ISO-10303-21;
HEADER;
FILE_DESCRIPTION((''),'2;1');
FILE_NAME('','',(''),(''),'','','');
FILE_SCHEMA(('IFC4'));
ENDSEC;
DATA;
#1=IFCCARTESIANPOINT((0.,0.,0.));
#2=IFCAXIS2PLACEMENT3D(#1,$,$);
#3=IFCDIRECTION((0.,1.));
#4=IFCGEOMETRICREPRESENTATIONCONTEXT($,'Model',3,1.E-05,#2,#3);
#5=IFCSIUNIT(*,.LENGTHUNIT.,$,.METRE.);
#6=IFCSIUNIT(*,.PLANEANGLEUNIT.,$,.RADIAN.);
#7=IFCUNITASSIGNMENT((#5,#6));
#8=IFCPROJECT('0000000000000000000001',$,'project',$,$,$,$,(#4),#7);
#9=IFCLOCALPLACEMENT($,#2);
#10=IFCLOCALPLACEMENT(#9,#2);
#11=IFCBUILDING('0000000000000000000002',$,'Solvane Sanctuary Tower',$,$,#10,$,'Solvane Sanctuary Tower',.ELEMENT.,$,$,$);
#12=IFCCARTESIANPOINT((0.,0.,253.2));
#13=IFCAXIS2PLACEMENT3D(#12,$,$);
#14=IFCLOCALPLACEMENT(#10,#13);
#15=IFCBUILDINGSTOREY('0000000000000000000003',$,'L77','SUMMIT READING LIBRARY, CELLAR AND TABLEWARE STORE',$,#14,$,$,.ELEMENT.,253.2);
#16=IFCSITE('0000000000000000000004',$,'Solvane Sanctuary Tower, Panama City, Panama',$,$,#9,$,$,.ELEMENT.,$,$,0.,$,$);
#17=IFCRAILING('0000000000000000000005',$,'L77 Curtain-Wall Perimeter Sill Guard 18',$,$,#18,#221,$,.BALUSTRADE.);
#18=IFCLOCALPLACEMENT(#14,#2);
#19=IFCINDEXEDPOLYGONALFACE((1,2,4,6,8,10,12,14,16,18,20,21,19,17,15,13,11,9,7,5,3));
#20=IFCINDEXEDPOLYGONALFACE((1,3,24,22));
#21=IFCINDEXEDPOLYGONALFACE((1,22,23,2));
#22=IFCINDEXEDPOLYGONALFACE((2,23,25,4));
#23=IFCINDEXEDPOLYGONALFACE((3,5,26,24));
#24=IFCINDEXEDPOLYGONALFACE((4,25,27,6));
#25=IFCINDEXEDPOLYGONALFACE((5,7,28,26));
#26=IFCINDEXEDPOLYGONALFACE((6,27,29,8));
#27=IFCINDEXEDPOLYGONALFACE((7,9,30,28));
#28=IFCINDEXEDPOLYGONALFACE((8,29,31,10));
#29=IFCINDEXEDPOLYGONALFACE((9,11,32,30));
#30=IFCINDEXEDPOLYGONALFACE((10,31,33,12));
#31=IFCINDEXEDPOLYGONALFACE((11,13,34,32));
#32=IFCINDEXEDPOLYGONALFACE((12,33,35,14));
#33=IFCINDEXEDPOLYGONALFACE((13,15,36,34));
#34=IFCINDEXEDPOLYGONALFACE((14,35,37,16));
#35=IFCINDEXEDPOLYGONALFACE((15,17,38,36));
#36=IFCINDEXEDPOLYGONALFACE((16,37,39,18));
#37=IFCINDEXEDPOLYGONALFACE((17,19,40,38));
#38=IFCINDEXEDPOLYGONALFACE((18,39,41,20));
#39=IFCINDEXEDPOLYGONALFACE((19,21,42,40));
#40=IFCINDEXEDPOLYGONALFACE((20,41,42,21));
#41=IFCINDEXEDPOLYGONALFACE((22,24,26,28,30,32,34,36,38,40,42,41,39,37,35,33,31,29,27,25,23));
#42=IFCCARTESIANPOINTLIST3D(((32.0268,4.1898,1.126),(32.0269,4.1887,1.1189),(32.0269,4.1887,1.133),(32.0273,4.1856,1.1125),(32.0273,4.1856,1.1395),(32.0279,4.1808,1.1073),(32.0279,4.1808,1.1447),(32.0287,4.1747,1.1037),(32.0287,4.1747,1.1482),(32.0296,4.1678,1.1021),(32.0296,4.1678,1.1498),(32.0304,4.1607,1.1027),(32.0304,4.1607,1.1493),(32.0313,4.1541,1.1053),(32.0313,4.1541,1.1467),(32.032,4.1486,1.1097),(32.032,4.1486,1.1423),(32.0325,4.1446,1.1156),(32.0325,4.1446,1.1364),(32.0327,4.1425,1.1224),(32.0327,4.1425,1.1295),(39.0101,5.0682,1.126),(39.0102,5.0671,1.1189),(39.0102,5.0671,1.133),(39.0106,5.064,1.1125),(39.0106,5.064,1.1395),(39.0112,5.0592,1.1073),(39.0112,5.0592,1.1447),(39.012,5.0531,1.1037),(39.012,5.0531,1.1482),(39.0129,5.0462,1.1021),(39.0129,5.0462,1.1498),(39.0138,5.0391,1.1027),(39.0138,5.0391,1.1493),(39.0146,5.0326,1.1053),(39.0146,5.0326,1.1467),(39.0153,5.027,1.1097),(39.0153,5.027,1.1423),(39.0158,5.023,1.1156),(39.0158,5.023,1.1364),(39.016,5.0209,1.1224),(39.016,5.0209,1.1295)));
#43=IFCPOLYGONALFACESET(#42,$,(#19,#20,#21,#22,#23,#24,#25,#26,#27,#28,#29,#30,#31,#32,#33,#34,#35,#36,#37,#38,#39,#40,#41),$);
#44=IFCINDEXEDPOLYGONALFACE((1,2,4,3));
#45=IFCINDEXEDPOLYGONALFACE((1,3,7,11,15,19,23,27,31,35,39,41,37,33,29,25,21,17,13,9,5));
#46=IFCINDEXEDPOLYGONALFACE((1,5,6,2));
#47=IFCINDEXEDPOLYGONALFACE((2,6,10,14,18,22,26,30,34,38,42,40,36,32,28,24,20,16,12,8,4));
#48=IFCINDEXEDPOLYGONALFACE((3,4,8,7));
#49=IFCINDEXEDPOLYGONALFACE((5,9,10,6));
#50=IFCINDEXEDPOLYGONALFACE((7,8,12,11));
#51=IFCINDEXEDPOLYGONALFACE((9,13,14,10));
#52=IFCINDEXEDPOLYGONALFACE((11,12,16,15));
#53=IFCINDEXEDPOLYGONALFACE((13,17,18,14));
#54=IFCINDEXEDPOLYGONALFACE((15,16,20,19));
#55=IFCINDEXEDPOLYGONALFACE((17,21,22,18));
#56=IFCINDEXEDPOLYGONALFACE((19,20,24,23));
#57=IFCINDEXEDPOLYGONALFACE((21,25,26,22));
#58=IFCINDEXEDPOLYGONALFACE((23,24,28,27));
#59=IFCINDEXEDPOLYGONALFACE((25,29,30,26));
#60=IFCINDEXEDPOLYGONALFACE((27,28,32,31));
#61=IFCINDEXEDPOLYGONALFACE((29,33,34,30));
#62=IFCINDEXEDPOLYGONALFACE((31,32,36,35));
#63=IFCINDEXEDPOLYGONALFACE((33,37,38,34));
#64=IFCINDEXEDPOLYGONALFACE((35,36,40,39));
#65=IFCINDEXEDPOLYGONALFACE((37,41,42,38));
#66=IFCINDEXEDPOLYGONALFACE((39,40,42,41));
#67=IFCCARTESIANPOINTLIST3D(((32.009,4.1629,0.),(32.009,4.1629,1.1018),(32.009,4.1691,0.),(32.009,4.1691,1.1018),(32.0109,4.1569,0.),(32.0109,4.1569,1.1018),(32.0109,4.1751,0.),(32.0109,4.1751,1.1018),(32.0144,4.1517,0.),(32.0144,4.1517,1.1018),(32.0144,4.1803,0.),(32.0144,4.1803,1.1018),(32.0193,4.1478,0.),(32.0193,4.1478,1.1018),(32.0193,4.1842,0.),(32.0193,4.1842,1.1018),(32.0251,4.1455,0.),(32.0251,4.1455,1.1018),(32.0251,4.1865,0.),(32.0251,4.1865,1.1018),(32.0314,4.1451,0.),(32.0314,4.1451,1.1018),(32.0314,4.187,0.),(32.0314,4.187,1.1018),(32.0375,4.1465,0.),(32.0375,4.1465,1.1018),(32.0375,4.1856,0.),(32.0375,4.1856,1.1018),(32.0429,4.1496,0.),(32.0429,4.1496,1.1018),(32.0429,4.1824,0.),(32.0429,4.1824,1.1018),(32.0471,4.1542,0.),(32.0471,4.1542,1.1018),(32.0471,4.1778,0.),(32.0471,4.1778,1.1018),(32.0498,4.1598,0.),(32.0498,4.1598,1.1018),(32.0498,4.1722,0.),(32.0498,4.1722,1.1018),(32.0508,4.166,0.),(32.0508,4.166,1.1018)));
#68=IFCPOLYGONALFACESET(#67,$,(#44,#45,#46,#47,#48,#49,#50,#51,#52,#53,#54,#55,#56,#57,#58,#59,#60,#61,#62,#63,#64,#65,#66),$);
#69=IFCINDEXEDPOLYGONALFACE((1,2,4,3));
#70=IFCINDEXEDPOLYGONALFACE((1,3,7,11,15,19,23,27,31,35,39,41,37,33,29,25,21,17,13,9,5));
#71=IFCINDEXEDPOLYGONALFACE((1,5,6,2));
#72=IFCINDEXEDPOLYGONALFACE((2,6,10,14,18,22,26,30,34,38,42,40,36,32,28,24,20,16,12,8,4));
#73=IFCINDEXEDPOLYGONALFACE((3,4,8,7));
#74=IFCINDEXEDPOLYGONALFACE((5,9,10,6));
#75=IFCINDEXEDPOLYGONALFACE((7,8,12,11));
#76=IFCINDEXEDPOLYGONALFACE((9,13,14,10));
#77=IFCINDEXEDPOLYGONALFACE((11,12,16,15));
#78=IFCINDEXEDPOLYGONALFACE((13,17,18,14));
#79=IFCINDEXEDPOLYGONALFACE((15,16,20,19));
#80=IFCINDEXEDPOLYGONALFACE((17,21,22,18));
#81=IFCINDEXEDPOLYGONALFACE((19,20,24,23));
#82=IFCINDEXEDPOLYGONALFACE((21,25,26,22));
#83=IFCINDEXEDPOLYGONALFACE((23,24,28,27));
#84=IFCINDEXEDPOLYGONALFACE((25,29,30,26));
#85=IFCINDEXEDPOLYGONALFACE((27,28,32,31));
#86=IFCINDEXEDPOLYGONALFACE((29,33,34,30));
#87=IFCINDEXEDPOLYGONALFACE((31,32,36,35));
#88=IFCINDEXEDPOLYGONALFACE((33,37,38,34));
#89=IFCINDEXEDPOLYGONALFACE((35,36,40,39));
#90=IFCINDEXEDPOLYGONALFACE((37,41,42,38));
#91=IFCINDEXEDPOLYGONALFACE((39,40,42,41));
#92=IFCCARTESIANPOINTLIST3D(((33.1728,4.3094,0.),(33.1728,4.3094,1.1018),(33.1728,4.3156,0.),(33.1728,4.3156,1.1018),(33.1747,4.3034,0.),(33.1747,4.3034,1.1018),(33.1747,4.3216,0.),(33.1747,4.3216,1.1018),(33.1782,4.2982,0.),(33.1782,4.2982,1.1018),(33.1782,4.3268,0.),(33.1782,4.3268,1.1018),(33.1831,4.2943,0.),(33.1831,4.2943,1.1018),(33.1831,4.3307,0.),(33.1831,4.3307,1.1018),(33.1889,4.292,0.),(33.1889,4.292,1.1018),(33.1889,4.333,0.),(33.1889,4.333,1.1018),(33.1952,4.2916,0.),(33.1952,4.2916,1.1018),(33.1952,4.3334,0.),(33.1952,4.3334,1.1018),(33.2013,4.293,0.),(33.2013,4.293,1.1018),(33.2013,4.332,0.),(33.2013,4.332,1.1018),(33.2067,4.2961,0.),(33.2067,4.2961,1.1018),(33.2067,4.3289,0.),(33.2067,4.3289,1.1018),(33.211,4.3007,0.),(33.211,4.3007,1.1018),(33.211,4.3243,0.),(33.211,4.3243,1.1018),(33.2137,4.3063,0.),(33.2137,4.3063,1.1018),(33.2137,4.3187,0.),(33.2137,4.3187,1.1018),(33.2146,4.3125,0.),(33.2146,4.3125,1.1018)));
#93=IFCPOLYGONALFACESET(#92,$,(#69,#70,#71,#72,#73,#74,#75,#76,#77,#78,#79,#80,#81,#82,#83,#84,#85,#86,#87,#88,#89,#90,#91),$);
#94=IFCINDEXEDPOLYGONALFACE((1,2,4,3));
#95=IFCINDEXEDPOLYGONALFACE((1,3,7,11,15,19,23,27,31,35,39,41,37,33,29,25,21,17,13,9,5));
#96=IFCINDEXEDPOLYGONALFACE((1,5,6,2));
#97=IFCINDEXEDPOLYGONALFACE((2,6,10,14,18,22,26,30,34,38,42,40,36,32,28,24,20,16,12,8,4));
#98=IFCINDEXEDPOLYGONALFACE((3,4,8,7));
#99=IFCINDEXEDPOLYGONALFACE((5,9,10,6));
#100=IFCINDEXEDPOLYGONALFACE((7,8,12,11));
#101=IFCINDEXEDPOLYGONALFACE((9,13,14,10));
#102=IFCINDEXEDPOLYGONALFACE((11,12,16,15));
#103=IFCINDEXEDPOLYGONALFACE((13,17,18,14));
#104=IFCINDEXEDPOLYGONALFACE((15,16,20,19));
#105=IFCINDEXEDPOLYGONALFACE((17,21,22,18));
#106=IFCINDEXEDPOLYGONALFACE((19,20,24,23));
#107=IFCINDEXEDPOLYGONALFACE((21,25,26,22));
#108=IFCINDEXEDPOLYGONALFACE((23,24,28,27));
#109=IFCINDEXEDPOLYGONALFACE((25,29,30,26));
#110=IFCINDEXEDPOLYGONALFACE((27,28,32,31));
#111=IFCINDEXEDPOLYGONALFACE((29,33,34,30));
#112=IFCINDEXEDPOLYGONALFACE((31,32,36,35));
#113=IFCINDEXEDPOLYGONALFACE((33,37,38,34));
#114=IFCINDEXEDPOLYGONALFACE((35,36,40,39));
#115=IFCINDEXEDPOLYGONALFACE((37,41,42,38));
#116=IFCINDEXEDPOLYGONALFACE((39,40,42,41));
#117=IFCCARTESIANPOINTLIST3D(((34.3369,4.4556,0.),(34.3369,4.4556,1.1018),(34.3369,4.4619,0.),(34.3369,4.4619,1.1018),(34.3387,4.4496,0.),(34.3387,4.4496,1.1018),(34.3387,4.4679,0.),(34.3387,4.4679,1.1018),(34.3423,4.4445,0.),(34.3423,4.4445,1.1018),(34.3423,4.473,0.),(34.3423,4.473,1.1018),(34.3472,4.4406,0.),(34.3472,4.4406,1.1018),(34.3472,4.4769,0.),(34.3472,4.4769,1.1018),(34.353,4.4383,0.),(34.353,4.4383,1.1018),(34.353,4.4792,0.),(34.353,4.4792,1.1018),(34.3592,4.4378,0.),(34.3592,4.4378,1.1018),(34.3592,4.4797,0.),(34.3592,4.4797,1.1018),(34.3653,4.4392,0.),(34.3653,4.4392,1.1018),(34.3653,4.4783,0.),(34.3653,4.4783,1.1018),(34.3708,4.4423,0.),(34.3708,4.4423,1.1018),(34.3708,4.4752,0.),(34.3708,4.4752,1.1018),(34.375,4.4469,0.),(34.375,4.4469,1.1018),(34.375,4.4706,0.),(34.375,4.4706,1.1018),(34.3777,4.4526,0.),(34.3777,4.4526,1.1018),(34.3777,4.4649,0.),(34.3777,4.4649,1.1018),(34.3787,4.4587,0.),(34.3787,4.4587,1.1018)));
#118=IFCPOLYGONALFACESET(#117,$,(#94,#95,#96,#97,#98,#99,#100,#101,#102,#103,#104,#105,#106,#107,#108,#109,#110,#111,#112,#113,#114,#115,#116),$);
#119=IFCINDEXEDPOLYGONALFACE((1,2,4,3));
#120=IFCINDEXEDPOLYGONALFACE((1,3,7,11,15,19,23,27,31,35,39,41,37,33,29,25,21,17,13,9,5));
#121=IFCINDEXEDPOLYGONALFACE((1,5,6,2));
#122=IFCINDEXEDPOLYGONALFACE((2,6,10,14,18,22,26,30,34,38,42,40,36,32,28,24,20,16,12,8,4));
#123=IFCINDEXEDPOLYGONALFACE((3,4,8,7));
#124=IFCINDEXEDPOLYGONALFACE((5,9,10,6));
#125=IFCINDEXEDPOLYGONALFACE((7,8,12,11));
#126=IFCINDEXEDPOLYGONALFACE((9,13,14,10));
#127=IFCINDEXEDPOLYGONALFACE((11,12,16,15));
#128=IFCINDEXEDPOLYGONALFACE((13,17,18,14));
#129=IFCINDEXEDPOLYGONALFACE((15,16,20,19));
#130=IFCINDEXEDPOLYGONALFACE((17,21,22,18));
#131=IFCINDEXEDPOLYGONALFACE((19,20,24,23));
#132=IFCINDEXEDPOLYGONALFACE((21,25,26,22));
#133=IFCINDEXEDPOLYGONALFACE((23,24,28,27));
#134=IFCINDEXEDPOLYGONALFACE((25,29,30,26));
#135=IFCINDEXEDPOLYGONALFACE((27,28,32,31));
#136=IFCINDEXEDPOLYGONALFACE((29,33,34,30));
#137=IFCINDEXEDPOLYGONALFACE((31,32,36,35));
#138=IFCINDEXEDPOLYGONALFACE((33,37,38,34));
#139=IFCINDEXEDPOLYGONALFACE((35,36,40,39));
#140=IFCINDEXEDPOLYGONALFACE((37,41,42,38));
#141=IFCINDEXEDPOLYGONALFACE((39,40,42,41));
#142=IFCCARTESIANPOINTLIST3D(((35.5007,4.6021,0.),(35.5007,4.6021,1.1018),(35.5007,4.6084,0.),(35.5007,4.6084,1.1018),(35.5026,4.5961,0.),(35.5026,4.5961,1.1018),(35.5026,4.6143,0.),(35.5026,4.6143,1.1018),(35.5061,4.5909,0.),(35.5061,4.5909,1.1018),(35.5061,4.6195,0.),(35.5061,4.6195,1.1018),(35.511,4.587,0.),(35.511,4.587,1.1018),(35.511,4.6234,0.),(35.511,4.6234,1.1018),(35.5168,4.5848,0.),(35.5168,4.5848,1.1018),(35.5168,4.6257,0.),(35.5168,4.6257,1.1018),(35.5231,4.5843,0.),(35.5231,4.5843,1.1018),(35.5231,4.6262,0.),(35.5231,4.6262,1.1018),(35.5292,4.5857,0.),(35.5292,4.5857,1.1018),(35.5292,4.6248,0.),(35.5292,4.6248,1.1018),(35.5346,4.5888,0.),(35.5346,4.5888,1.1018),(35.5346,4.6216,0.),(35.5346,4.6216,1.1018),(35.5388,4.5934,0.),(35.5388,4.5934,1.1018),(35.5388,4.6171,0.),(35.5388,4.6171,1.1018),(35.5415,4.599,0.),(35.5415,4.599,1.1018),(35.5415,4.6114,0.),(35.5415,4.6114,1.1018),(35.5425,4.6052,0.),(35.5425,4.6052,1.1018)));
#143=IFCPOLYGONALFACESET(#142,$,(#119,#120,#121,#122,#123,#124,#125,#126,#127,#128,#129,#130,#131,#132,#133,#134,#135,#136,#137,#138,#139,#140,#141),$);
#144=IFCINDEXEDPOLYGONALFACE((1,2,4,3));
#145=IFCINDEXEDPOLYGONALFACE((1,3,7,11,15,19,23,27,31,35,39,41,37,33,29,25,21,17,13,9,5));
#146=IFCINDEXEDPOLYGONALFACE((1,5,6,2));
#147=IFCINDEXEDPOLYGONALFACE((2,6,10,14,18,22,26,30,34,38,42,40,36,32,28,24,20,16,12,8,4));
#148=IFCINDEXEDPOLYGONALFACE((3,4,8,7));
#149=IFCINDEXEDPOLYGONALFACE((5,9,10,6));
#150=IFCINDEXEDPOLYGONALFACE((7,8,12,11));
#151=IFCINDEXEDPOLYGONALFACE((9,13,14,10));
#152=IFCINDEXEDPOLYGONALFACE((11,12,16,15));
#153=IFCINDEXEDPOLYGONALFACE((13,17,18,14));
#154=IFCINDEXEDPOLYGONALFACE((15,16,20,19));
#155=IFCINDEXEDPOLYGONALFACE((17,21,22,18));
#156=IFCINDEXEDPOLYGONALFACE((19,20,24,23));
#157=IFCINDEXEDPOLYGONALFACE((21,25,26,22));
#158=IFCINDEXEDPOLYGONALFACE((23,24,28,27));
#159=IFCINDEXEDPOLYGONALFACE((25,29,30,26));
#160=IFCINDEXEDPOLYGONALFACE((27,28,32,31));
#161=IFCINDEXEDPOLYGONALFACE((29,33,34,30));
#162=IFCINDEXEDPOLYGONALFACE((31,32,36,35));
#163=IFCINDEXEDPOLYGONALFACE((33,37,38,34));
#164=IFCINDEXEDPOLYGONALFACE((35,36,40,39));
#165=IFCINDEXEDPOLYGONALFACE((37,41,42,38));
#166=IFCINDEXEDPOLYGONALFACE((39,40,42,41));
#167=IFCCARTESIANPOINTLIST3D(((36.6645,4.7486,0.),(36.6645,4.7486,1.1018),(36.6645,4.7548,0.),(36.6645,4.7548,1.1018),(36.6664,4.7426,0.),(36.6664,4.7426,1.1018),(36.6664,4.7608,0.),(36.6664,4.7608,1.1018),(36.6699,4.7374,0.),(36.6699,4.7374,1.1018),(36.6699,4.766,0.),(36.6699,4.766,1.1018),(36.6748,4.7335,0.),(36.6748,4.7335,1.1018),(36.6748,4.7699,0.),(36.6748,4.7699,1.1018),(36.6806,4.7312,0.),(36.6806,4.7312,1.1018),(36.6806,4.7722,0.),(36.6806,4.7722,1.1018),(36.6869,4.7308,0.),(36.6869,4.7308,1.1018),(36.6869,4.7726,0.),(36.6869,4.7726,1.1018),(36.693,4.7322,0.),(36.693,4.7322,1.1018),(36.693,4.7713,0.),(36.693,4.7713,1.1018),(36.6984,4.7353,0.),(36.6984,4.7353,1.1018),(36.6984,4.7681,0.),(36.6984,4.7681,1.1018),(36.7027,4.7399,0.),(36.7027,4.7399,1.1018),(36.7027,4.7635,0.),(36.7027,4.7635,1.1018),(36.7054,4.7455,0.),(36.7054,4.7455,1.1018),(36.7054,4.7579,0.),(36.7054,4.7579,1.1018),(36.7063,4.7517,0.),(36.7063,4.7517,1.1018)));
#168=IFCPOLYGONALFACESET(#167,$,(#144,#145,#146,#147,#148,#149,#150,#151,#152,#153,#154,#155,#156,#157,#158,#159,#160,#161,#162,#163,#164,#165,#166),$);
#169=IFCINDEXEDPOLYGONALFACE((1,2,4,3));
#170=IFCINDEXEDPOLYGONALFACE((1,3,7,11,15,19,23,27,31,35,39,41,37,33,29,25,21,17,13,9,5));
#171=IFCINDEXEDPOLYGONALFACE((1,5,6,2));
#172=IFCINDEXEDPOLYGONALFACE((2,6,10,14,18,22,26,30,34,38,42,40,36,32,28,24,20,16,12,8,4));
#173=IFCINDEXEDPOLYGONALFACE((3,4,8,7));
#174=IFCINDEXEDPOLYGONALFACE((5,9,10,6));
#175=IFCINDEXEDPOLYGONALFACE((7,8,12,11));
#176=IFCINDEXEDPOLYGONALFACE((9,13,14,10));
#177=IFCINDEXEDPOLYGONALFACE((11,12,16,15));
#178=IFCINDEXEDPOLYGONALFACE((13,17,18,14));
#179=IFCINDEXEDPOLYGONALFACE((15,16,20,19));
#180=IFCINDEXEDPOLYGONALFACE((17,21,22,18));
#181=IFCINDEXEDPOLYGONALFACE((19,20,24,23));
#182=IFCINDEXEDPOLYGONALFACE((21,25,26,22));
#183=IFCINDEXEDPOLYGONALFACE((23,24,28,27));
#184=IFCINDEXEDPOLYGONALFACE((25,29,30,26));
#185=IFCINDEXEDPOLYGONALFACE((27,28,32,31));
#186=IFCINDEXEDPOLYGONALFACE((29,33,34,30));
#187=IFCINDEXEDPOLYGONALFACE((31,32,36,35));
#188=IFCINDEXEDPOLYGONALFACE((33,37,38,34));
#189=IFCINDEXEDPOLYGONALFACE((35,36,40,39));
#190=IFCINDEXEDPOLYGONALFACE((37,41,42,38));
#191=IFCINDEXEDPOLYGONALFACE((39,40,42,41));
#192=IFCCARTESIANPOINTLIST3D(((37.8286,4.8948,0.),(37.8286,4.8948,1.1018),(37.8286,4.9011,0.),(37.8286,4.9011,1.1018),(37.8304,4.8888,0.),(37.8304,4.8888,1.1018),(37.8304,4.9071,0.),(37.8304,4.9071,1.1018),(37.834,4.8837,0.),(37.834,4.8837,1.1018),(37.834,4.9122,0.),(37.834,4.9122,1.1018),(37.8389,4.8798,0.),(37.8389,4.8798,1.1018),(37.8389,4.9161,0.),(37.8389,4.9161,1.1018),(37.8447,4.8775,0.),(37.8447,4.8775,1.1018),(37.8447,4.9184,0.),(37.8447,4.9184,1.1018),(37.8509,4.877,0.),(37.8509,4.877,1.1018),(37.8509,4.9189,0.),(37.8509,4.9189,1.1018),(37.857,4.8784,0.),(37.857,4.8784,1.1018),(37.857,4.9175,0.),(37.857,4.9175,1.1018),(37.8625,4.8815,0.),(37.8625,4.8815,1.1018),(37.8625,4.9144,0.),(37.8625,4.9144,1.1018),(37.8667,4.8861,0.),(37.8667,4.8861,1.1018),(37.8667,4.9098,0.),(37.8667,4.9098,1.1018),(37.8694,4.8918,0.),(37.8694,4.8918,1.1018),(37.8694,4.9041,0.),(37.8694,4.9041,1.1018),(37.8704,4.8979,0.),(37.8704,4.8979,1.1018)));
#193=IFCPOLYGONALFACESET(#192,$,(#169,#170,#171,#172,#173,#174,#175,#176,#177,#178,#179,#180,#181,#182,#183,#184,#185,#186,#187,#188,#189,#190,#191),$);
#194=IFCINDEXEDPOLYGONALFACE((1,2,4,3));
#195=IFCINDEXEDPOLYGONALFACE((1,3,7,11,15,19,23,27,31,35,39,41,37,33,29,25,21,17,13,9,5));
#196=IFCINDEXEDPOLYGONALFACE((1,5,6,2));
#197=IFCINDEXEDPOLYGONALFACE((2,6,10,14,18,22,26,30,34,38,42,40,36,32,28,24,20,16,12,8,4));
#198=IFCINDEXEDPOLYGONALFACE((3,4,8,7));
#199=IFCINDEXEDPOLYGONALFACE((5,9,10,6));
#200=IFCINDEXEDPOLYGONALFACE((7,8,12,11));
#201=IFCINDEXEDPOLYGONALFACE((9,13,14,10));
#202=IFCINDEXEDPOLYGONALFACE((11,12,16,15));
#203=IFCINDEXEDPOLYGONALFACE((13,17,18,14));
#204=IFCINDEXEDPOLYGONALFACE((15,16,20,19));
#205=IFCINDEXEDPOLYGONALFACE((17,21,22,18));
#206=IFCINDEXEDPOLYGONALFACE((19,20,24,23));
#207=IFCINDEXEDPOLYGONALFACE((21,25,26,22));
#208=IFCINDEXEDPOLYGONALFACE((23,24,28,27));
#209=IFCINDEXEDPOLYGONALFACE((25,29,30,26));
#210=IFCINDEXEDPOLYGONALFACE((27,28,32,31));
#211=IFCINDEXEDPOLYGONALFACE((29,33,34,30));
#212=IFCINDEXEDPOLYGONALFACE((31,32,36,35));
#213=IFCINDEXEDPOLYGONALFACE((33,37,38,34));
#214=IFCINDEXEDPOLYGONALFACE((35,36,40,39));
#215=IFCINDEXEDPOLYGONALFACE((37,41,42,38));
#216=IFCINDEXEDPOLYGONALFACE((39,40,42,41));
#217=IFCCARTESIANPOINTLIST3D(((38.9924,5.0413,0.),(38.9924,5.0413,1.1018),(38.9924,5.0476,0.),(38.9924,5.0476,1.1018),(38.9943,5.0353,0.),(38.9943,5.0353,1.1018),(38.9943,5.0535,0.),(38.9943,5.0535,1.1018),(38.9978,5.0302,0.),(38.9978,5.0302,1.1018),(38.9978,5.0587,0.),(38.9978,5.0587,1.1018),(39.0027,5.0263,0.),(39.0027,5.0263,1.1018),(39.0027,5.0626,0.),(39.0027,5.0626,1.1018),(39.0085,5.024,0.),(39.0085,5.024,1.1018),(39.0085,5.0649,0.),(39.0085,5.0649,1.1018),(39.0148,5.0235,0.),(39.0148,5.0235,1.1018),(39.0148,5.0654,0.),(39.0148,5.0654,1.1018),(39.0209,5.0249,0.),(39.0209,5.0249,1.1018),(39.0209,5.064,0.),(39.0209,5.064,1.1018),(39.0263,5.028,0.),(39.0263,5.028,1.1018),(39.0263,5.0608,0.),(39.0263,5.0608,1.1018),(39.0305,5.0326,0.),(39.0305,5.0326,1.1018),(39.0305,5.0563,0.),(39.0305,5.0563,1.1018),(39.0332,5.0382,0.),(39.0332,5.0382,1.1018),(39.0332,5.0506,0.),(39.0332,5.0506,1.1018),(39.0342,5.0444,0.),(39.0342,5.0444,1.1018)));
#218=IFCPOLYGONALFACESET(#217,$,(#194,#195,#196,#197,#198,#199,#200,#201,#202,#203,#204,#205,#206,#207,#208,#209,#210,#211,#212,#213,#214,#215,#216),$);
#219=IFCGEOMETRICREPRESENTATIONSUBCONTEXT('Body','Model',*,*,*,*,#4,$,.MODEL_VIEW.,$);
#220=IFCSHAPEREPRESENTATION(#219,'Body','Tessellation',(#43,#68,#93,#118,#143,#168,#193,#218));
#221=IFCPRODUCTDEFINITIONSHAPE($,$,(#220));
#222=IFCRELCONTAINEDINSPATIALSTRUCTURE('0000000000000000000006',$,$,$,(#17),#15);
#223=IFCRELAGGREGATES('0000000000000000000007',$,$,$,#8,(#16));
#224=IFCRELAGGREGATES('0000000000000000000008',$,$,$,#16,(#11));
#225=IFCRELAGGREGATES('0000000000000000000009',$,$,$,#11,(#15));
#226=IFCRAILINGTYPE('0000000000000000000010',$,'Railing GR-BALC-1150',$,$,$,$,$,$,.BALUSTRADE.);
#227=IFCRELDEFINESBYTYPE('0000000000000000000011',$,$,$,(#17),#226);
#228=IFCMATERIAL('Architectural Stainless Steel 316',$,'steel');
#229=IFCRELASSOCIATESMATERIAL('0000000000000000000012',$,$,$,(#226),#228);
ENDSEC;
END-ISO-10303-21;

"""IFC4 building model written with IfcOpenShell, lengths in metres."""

from ifc_helpers import new_model, si_unit, direction, frame, origin, origin_2d, place, context, subcontext, project, spatial, circle, extrude, material, type_object, element, save


model = new_model("IFC4")

# Units and contexts
model_context = context("Model", 3, precision=1e-05, world=origin(), true_north=direction((0.0, 1.0)))
body_context = subcontext(model_context, "Body", "Model", "MODEL_VIEW")
ifc_project = project(units=[si_unit("LENGTHUNIT", "METRE"), si_unit("PLANEANGLEUNIT", "RADIAN")], contexts=[model_context])

# Site, building, storey
site_placement = place(None, origin())
site = spatial("IfcSite", under=ifc_project, at=site_placement, Name="Solvane Sanctuary Tower, Panama City, Panama", CompositionType="ELEMENT", RefElevation=0.0)
building_placement = place(site_placement, origin())
building = spatial("IfcBuilding", under=site, at=building_placement, Name="Solvane Sanctuary Tower", LongName="Solvane Sanctuary Tower", CompositionType="ELEMENT")
storey_placement = place(building_placement, frame((0.0, 0.0, 253.2)))
storey = spatial("IfcBuildingStorey", under=building, at=storey_placement, Name="L77", Description="SUMMIT READING LIBRARY, CELLAR AND TABLEWARE STORE", CompositionType="ELEMENT", Elevation=253.2)

# Shared definitions
ifc_material_1 = material(Name="Architectural Stainless Steel 316", Category="steel")

# Railing
railing_type = type_object("IfcRailingType", Name="Railing GR-BALC-1150", PredefinedType="BALUSTRADE", material=ifc_material_1)
railing_1_placement = place(storey_placement, frame((32.0298, 4.166, 0.0)))
element("IfcRailing", 1, at=railing_1_placement, inside=storey, type_object=railing_type, Name="L77 Curtain-Wall Perimeter Sill Guard 18", PredefinedType="BALUSTRADE", context=body_context, shape_type="SweptSolid", body=[
    extrude(circle(Radius=0.0239, at=origin_2d()), frame((0.0, 0.0, 1.126), z_axis=(0.992182, 0.124803, 0.0), x_axis=(-0.124803, 0.992182, 0.0)), (0.0, 0.0, 1.0), 7.0383),
    extrude(circle(Radius=0.021, at=origin_2d()), origin(), (0.0, 0.0, 1.0), 1.1018),
    extrude(circle(Radius=0.021, at=origin_2d()), frame((1.1638, 0.1465, 0.0)), (0.0, 0.0, 1.0), 1.1018),
    extrude(circle(Radius=0.021, at=origin_2d()), frame((2.3279, 0.2927, 0.0)), (0.0, 0.0, 1.0), 1.1018),
    extrude(circle(Radius=0.021, at=origin_2d()), frame((3.4917, 0.4392, 0.0)), (0.0, 0.0, 1.0), 1.1018),
    extrude(circle(Radius=0.021, at=origin_2d()), frame((4.6555, 0.5857, 0.0)), (0.0, 0.0, 1.0), 1.1018),
    extrude(circle(Radius=0.021, at=origin_2d()), frame((5.8196, 0.7319, 0.0)), (0.0, 0.0, 1.0), 1.1018),
    extrude(circle(Radius=0.021, at=origin_2d()), frame((6.9834, 0.8784, 0.0)), (0.0, 0.0, 1.0), 1.1018),
])

save(model, "model.ifc")
